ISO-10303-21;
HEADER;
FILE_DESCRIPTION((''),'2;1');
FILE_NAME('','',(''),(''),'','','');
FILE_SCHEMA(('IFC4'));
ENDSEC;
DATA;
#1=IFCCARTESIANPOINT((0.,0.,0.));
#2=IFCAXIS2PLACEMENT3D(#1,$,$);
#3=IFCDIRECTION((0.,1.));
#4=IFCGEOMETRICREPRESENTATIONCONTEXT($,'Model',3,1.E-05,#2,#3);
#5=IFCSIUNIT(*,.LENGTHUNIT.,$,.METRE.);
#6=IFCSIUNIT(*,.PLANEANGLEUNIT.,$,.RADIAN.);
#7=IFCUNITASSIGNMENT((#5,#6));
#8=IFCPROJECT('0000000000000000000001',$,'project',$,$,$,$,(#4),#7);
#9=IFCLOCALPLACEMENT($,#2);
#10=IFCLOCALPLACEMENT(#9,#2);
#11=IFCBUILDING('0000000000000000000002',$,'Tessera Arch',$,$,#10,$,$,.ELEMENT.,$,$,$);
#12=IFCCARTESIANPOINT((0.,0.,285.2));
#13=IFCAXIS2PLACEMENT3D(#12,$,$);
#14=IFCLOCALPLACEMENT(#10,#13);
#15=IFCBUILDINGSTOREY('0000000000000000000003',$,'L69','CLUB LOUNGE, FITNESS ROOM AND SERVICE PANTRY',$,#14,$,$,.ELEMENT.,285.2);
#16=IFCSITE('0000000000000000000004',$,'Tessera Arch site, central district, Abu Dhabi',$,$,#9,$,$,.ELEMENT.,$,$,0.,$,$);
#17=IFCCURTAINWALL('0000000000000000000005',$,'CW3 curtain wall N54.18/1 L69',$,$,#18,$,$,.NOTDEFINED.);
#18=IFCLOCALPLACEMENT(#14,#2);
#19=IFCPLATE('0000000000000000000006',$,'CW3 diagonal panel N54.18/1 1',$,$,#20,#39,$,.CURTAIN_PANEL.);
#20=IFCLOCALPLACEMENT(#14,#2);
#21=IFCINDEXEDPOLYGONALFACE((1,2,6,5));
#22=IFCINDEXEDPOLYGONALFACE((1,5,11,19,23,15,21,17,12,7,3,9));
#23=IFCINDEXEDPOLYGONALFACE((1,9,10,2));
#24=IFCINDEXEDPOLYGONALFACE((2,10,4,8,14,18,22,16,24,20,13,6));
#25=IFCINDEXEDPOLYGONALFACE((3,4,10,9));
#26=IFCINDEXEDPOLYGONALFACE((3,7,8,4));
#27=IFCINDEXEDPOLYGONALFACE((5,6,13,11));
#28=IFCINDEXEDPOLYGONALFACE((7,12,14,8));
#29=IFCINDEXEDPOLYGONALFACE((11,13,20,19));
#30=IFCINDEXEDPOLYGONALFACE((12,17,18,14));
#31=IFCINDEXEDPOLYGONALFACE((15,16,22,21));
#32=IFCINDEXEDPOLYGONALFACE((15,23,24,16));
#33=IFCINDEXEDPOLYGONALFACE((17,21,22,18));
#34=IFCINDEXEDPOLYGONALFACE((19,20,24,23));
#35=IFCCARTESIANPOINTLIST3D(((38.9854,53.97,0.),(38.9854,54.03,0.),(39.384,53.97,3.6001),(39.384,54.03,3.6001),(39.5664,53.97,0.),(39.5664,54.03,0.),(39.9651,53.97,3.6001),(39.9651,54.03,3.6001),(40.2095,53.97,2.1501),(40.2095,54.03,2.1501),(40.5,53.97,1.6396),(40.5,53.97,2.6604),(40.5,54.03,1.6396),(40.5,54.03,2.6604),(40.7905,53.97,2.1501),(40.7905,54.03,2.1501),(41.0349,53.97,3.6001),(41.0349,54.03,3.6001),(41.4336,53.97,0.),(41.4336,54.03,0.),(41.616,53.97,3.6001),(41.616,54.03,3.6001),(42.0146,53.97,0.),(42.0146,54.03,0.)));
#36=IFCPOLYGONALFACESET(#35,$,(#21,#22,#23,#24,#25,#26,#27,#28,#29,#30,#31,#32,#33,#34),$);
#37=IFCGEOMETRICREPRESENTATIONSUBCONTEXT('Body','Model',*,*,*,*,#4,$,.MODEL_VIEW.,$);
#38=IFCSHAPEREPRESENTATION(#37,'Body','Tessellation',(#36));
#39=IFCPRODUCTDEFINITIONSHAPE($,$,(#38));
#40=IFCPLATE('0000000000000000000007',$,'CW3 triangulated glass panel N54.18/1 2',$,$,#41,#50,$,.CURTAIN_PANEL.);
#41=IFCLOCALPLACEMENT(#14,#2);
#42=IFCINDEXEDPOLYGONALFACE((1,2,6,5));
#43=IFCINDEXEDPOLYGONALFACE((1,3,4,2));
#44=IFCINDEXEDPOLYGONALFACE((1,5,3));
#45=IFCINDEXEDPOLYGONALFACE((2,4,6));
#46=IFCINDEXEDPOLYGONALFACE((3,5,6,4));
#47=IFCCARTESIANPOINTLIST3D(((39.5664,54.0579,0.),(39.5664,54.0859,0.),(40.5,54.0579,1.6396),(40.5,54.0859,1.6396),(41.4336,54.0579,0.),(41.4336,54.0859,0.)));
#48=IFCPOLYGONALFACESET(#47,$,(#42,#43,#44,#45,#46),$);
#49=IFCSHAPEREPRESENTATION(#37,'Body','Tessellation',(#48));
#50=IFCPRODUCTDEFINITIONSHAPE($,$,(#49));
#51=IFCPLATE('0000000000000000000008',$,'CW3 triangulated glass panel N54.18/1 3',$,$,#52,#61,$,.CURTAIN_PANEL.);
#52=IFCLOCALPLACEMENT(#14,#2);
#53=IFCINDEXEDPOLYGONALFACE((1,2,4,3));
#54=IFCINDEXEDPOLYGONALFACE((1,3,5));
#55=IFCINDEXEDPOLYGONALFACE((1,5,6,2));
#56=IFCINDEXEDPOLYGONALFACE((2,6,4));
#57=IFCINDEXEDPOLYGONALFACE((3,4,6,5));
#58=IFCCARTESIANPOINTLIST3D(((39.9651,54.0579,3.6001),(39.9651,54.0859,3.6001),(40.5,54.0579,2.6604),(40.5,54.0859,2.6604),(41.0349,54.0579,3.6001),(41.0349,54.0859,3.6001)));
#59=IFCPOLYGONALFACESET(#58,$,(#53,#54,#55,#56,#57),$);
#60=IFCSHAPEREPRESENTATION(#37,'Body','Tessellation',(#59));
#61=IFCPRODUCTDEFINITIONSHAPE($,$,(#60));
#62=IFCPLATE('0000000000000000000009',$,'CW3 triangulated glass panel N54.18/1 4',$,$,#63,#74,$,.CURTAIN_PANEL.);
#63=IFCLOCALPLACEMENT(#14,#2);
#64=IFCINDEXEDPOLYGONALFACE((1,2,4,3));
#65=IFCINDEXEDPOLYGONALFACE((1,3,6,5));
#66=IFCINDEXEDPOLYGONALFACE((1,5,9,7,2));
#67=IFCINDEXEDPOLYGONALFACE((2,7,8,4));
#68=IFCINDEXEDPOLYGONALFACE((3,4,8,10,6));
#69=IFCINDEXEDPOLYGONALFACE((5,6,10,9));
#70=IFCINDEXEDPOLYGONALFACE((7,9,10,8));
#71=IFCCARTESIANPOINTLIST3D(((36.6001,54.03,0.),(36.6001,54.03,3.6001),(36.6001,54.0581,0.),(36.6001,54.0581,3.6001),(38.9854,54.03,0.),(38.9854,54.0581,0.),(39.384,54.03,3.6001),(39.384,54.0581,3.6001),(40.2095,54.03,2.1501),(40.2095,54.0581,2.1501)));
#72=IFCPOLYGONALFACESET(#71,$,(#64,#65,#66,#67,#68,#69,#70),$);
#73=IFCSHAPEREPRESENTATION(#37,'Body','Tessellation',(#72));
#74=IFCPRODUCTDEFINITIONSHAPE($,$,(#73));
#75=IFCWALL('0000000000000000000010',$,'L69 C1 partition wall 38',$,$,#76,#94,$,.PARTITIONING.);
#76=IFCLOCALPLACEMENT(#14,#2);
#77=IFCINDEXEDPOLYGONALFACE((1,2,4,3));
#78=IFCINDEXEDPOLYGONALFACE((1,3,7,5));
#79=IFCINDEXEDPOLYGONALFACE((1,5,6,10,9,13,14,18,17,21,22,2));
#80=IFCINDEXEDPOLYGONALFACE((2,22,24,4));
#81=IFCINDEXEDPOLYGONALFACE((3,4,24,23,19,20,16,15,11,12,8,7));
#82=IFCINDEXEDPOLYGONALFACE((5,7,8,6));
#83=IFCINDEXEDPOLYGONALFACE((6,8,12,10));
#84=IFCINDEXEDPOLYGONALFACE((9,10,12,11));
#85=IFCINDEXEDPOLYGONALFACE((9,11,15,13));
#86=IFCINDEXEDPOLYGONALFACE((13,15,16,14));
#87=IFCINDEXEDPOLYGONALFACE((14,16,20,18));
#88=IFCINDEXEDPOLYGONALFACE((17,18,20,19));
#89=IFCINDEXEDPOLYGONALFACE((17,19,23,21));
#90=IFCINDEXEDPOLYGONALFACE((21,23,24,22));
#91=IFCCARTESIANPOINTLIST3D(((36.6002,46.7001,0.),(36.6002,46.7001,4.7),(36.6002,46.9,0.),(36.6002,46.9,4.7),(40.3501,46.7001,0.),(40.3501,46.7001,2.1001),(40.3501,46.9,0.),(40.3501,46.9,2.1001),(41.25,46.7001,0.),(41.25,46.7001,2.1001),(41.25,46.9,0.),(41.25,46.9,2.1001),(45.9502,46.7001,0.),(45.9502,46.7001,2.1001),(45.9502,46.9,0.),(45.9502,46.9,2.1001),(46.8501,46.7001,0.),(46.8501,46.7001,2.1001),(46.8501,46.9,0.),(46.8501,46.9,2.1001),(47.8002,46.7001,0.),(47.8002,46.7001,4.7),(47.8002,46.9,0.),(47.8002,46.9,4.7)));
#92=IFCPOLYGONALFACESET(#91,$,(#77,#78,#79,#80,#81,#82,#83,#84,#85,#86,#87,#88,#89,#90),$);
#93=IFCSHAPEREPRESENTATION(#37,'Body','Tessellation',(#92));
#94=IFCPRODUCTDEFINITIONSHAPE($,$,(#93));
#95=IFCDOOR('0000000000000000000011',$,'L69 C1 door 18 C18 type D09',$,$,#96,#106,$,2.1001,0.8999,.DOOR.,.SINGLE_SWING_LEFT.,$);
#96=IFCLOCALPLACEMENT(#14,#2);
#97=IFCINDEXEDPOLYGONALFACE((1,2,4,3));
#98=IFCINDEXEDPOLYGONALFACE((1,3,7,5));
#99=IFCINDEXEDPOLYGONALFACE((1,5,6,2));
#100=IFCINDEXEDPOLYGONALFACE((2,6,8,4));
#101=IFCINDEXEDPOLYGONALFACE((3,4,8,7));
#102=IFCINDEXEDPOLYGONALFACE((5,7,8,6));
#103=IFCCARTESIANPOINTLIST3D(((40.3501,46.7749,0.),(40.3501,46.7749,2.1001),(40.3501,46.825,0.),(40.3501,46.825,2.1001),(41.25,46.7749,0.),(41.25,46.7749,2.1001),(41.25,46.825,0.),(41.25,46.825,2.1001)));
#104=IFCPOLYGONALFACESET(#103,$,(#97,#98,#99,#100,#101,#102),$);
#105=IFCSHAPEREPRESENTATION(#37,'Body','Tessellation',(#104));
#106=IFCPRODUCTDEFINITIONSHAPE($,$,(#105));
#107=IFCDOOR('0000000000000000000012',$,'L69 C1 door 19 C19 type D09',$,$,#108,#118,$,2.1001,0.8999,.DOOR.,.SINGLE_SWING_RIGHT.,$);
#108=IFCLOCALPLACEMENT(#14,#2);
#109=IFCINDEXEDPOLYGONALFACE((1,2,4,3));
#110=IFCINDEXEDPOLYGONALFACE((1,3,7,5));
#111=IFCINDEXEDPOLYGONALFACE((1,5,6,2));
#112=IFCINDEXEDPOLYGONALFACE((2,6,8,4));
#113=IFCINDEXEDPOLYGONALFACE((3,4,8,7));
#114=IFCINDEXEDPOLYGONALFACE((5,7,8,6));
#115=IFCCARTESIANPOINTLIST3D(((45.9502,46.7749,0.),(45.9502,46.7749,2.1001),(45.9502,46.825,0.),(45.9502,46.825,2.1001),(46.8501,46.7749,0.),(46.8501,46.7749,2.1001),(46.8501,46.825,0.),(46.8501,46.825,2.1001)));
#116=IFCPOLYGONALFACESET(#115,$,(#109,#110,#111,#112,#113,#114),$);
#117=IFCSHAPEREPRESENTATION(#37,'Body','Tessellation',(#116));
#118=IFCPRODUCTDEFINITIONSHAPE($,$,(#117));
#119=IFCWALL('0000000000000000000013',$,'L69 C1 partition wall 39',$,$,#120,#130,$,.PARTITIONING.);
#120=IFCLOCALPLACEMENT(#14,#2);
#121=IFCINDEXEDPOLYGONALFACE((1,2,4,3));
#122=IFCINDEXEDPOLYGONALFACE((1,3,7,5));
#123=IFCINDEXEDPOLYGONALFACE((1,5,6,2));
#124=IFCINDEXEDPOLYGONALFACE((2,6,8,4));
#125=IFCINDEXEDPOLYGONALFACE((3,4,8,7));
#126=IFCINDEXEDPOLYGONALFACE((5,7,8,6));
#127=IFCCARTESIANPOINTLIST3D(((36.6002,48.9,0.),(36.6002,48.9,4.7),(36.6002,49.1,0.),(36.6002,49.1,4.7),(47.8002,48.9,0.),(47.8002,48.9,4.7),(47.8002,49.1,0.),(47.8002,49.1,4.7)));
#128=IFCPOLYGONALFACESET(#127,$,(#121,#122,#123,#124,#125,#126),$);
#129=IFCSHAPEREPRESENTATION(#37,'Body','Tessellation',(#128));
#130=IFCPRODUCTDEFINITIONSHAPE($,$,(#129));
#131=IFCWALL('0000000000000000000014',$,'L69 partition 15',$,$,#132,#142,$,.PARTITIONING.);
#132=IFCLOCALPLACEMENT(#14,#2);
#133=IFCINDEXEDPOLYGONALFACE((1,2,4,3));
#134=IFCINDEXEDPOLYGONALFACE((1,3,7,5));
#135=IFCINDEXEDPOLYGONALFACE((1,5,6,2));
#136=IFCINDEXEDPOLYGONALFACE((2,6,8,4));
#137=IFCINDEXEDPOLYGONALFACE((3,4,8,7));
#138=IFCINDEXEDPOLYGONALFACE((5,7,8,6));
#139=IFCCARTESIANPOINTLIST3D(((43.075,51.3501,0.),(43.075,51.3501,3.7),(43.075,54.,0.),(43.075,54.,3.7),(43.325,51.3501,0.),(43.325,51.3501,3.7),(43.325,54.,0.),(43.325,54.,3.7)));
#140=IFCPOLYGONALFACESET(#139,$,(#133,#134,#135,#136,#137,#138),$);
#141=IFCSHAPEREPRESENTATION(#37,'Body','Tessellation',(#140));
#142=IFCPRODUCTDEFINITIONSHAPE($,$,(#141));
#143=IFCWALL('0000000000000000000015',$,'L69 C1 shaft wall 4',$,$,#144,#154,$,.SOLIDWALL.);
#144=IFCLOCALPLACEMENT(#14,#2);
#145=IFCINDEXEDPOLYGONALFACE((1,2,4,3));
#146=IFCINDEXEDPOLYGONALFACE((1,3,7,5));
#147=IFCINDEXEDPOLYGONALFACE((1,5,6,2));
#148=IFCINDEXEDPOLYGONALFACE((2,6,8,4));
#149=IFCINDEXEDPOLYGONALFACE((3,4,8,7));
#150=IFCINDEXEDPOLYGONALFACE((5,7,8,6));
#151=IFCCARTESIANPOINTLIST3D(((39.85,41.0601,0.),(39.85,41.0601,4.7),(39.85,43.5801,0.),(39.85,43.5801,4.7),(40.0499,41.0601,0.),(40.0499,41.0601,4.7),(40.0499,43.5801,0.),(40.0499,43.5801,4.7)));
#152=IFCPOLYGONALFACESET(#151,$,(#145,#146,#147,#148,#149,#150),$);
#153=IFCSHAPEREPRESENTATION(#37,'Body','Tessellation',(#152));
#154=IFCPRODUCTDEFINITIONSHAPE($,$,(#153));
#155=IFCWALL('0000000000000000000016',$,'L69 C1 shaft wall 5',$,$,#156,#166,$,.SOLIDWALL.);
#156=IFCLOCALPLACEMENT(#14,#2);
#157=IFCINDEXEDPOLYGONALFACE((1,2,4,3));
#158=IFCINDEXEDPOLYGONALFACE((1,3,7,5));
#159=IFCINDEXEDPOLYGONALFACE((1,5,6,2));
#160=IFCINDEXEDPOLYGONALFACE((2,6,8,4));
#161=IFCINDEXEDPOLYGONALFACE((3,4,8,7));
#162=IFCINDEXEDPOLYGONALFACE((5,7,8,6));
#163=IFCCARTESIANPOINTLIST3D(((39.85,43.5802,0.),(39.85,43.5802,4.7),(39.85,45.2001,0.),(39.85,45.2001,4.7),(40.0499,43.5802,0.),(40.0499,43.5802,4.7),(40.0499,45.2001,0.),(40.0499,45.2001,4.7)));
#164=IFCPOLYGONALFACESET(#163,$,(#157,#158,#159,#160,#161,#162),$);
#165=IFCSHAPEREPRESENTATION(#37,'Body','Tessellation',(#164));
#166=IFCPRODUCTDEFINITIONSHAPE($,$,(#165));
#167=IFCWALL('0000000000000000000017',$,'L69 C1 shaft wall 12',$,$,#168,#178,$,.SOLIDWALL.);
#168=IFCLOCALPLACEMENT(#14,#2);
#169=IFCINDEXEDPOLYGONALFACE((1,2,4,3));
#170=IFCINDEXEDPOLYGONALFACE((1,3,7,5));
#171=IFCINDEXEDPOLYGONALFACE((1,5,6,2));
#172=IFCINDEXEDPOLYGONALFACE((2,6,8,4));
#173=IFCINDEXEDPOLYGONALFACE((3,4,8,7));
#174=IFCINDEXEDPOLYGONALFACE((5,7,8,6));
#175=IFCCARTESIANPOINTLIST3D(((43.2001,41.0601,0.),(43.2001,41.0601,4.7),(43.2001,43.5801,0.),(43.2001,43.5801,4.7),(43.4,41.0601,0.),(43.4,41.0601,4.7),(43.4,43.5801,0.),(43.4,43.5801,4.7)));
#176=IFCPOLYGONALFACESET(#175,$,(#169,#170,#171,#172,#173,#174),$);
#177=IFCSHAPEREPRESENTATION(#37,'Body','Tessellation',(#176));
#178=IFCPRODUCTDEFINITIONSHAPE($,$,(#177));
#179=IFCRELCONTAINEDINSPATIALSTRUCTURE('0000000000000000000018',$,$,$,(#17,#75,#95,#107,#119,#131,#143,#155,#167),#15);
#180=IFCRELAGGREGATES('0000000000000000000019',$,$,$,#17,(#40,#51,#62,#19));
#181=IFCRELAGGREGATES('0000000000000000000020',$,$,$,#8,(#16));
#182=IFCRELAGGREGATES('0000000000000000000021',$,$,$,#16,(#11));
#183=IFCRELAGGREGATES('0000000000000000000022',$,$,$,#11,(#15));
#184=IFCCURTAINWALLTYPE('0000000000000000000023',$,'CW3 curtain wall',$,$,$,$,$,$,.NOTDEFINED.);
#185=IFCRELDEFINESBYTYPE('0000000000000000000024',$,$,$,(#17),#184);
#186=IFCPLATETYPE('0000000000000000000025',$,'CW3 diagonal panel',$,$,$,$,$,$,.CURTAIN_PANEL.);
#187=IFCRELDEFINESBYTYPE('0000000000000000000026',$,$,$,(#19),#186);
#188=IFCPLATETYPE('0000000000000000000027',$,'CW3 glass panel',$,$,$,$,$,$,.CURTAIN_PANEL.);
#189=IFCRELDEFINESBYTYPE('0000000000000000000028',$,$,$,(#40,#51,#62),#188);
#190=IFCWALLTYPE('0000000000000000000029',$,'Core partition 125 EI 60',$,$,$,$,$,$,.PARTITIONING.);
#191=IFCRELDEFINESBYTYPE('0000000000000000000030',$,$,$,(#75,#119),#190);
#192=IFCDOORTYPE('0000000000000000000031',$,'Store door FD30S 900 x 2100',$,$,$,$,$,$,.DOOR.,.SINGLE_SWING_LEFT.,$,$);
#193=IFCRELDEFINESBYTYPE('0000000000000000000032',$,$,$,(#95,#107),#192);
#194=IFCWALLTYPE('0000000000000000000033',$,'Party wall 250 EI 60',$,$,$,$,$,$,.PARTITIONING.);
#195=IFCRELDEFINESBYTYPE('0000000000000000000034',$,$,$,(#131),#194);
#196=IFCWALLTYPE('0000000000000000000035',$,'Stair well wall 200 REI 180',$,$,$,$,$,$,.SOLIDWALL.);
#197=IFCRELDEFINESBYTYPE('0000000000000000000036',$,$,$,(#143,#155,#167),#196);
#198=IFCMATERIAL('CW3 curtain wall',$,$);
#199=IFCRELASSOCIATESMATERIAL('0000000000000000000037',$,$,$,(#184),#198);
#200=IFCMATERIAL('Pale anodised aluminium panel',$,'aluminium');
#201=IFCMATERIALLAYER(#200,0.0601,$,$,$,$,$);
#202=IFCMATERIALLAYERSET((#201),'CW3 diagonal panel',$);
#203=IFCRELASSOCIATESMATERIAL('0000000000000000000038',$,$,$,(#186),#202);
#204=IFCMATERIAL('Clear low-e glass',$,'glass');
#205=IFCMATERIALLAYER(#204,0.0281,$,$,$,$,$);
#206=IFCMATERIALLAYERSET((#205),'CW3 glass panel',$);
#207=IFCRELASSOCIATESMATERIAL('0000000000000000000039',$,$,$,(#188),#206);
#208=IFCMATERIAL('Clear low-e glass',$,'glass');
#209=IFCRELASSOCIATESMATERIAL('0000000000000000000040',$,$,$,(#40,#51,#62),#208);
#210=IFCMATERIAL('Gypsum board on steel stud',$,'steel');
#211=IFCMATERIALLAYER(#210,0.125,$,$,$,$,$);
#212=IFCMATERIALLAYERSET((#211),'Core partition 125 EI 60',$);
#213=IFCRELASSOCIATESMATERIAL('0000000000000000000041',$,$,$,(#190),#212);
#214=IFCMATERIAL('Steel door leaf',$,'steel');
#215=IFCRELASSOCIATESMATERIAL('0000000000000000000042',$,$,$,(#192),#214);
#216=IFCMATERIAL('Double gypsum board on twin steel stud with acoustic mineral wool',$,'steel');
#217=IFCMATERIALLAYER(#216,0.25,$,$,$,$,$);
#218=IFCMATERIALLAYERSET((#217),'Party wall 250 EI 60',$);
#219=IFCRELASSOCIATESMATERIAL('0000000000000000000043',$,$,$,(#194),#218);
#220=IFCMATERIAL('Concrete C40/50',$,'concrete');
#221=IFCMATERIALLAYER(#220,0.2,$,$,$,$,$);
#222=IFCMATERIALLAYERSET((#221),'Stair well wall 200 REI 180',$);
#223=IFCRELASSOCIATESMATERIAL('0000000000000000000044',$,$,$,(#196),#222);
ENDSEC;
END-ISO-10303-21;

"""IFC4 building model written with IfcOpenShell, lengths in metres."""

from ifc_helpers import new_model, si_unit, direction, frame, frame_2d, origin, place, context, subcontext, project, spatial, polyline, rectangle, outline, extrude, material, layer, layer_set, type_object, element, fill, aggregate, save


model = new_model("IFC4")

# Units and contexts
model_context = context("Model", 3, precision=1e-05, world=origin(), true_north=direction((0.0, 1.0)))
body_context = subcontext(model_context, "Body", "Model", "MODEL_VIEW")
ifc_project = project(units=[si_unit("LENGTHUNIT", "METRE"), si_unit("PLANEANGLEUNIT", "RADIAN")], contexts=[model_context])

# Site, building, storey
site_placement = place(None, origin())
site = spatial("IfcSite", under=ifc_project, at=site_placement, Name="Tessera Arch site, central district, Abu Dhabi", CompositionType="ELEMENT", RefElevation=0.0)
building_placement = place(site_placement, origin())
building = spatial("IfcBuilding", under=site, at=building_placement, Name="Tessera Arch", CompositionType="ELEMENT")
storey_placement = place(building_placement, frame((0.0, 0.0, 285.2)))
storey = spatial("IfcBuildingStorey", under=building, at=storey_placement, Name="L69", Description="CLUB LOUNGE, FITNESS ROOM AND SERVICE PANTRY", CompositionType="ELEMENT", Elevation=285.2)

# Curtain wall, plates
ifc_material_1 = material(Name="CW3 curtain wall")
curtain_wall_type = type_object("IfcCurtainWallType", Name="CW3 curtain wall", PredefinedType="NOTDEFINED", material=ifc_material_1)
curtain_wall_placement = place(storey_placement, origin())
curtain_wall = element("IfcCurtainWall", 1, at=curtain_wall_placement, inside=storey, type_object=curtain_wall_type, Name="CW3 curtain wall N54.18/1 L69", PredefinedType="NOTDEFINED")
ifc_material_2 = material(Name="Pale anodised aluminium panel", Category="aluminium")
ifc_layer_1 = layer(ifc_material_2, 0.0601)
ifc_layer_set_1 = layer_set([ifc_layer_1], Name="CW3 diagonal panel")
plate_type_1 = type_object("IfcPlateType", Name="CW3 diagonal panel", PredefinedType="CURTAIN_PANEL", material=ifc_layer_set_1)
plate_1_placement = place(storey_placement, frame((39.384, 54.03, 3.6001), z_axis=(0.0, 1.0, 0.0), x_axis=(1.0, 0.0, 0.0)))
plate_1 = element("IfcPlate", 2, at=plate_1_placement, type_object=plate_type_1, Name="CW3 diagonal panel N54.18/1 1", PredefinedType="CURTAIN_PANEL", context=body_context, shape_type="SweptSolid", body=[
    extrude(outline(polyline([(0.0, 0.0), (0.5811, 0.0), (1.116, 0.9397), (1.6509, 0.0), (2.2319, 0.0), (1.4065, 1.45), (2.6306, 3.6001), (2.0496, 3.6001), (1.116, 1.9604), (0.1824, 3.6001), (-0.3987, 3.6001), (0.8254, 1.45), (0.0, 0.0)])), origin(), (0.0, 0.0, -1.0), 0.0601),
])
ifc_material_3 = material(Name="Clear low-e glass", Category="glass")
ifc_material_4 = material(Name="Clear low-e glass", Category="glass")
ifc_layer_2 = layer(ifc_material_4, 0.0281)
ifc_layer_set_2 = layer_set([ifc_layer_2], Name="CW3 glass panel")
plate_type_2 = type_object("IfcPlateType", Name="CW3 glass panel", PredefinedType="CURTAIN_PANEL", material=ifc_layer_set_2)
plate_2_placement = place(storey_placement, frame((41.4336, 54.0859, 0.0), z_axis=(0.0, 1.0, 0.0), x_axis=(-1.0, 0.0, 0.0)))
plate_2 = element("IfcPlate", 3, at=plate_2_placement, type_object=plate_type_2, material=ifc_material_3, Name="CW3 triangulated glass panel N54.18/1 2", PredefinedType="CURTAIN_PANEL", context=body_context, shape_type="SweptSolid", body=[
    extrude(outline(polyline([(0.0, 0.0), (1.8672, 0.0), (0.9336, 1.6396), (0.0, 0.0)])), origin(), (0.0, 0.0, -1.0), 0.0281),
])
plate_3_placement = place(storey_placement, frame((39.9651, 54.0859, 3.6001), z_axis=(0.0, 1.0, 0.0), x_axis=(1.0, 0.0, 0.0)))
plate_3 = element("IfcPlate", 4, at=plate_3_placement, type_object=plate_type_2, material=ifc_material_3, Name="CW3 triangulated glass panel N54.18/1 3", PredefinedType="CURTAIN_PANEL", context=body_context, shape_type="SweptSolid", body=[
    extrude(outline(polyline([(0.0, 0.0), (1.0698, 0.0), (0.5349, 0.9397), (0.0, 0.0)])), origin(), (0.0, 0.0, -1.0), 0.0281),
])
plate_4_placement = place(storey_placement, frame((36.6001, 54.0581, 3.6001), z_axis=(0.0, 1.0, 0.0), x_axis=(1.0, 0.0, 0.0)))
plate_4 = element("IfcPlate", 5, at=plate_4_placement, type_object=plate_type_2, material=ifc_material_3, Name="CW3 triangulated glass panel N54.18/1 4", PredefinedType="CURTAIN_PANEL", context=body_context, shape_type="SweptSolid", body=[
    extrude(outline(polyline([(0.0, 0.0), (2.7839, 0.0), (3.6094, 1.45), (2.3853, 3.6001), (0.0, 3.6001), (0.0, 0.0)])), origin(), (0.0, 0.0, -1.0), 0.0281),
])

# Wall, openings, doors
ifc_material_5 = material(Name="Gypsum board on steel stud", Category="steel")
ifc_layer_3 = layer(ifc_material_5, 0.125)
ifc_layer_set_3 = layer_set([ifc_layer_3], Name="Core partition 125 EI 60")
wall_type_1 = type_object("IfcWallType", Name="Core partition 125 EI 60", PredefinedType="PARTITIONING", material=ifc_layer_set_3)
wall_1_placement = place(storey_placement, frame((36.6001, 46.8, 0.0), z_axis=(0.0, 0.0, 1.0), x_axis=(1.0, 0.0, 0.0)))
wall_1 = element("IfcWall", 6, at=wall_1_placement, inside=storey, type_object=wall_type_1, Name="L69 C1 partition wall 38", PredefinedType="PARTITIONING", context=body_context, shape_type="SweptSolid", body=[
    extrude(rectangle(XDim=11.2, YDim=0.2, at=frame_2d((5.6001, 0.0))), origin(), (0.0, 0.0, 1.0), 4.7),
])
opening_1_placement = place(wall_1_placement, frame((3.75, 0.0, 0.0)))
opening_1 = element("IfcOpeningElement", 7, at=opening_1_placement, cuts=wall_1, PredefinedType="OPENING", context=body_context, shape_type="SweptSolid", body=[
    extrude(rectangle(XDim=0.8999, YDim=2.1001, at=frame_2d((0.45, 1.05))), frame((0.0, 0.1099, 0.0), z_axis=(0.0, -1.0, 0.0), x_axis=(1.0, 0.0, 0.0)), (0.0, 0.0, 1.0), 0.22),
])
opening_2_placement = place(wall_1_placement, frame((9.3501, 0.0, 0.0)))
opening_2 = element("IfcOpeningElement", 8, at=opening_2_placement, cuts=wall_1, PredefinedType="OPENING", context=body_context, shape_type="SweptSolid", body=[
    extrude(rectangle(XDim=0.8999, YDim=2.1001, at=frame_2d((0.45, 1.05))), frame((0.0, 0.1099, 0.0), z_axis=(0.0, -1.0, 0.0), x_axis=(1.0, 0.0, 0.0)), (0.0, 0.0, 1.0), 0.22),
])
ifc_material_6 = material(Name="Steel door leaf", Category="steel")
door_type_1 = type_object("IfcDoorType", Name="Store door FD30S 900 x 2100", OperationType="SINGLE_SWING_LEFT", PredefinedType="DOOR", material=ifc_material_6)
door_1_placement = place(opening_1_placement, origin())
door_1 = element("IfcDoor", 9, at=door_1_placement, inside=storey, type_object=door_type_1, Name="L69 C1 door 18 C18 type D09", OperationType="SINGLE_SWING_LEFT", OverallHeight=2.1001, OverallWidth=0.8999, PredefinedType="DOOR", context=body_context, shape_type="SweptSolid", body=[
    extrude(rectangle(XDim=0.8999, YDim=2.1001, at=frame_2d((0.45, 1.05))), frame((0.0, 0.0249, 0.0), z_axis=(0.0, -1.0, 0.0), x_axis=(1.0, 0.0, 0.0)), (0.0, 0.0, 1.0), 0.05),
])
fill(opening_1, door_1)
door_2_placement = place(opening_2_placement, origin())
door_2 = element("IfcDoor", 10, at=door_2_placement, inside=storey, type_object=door_type_1, Name="L69 C1 door 19 C19 type D09", OperationType="SINGLE_SWING_RIGHT", OverallHeight=2.1001, OverallWidth=0.8999, PredefinedType="DOOR", context=body_context, shape_type="SweptSolid", body=[
    extrude(rectangle(XDim=0.8999, YDim=2.1001, at=frame_2d((0.45, 1.05))), frame((0.0, 0.0249, 0.0), z_axis=(0.0, -1.0, 0.0), x_axis=(1.0, 0.0, 0.0)), (0.0, 0.0, 1.0), 0.05),
])
fill(opening_2, door_2)

# Walls
wall_2_placement = place(storey_placement, frame((36.6001, 49.0, 0.0), z_axis=(0.0, 0.0, 1.0), x_axis=(1.0, 0.0, 0.0)))
element("IfcWall", 11, at=wall_2_placement, inside=storey, type_object=wall_type_1, Name="L69 C1 partition wall 39", PredefinedType="PARTITIONING", context=body_context, shape_type="SweptSolid", body=[
    extrude(rectangle(XDim=11.2, YDim=0.2, at=frame_2d((5.6001, 0.0))), origin(), (0.0, 0.0, 1.0), 4.7),
])
ifc_material_7 = material(Name="Double gypsum board on twin steel stud with acoustic mineral wool", Category="steel")
ifc_layer_4 = layer(ifc_material_7, 0.25)
ifc_layer_set_4 = layer_set([ifc_layer_4], Name="Party wall 250 EI 60")
wall_type_2 = type_object("IfcWallType", Name="Party wall 250 EI 60", PredefinedType="PARTITIONING", material=ifc_layer_set_4)
wall_3_placement = place(storey_placement, frame((43.2, 51.3501, 0.0), z_axis=(0.0, 0.0, 1.0), x_axis=(0.0, 1.0, 0.0)))
element("IfcWall", 12, at=wall_3_placement, inside=storey, type_object=wall_type_2, Name="L69 partition 15", PredefinedType="PARTITIONING", context=body_context, shape_type="SweptSolid", body=[
    extrude(rectangle(XDim=2.6499, YDim=0.25, at=frame_2d((1.325, 0.0))), origin(), (0.0, 0.0, 1.0), 3.7),
])
ifc_material_8 = material(Name="Concrete C40/50", Category="concrete")
ifc_layer_5 = layer(ifc_material_8, 0.2)
ifc_layer_set_5 = layer_set([ifc_layer_5], Name="Stair well wall 200 REI 180")
wall_type_3 = type_object("IfcWallType", Name="Stair well wall 200 REI 180", PredefinedType="SOLIDWALL", material=ifc_layer_set_5)
wall_4_placement = place(storey_placement, frame((39.95, 41.0601, 0.0), z_axis=(0.0, 0.0, 1.0), x_axis=(0.0, 1.0, 0.0)))
element("IfcWall", 13, at=wall_4_placement, inside=storey, type_object=wall_type_3, Name="L69 C1 shaft wall 4", PredefinedType="SOLIDWALL", context=body_context, shape_type="SweptSolid", body=[
    extrude(rectangle(XDim=2.52, YDim=0.2, at=frame_2d((1.26, 0.0))), origin(), (0.0, 0.0, 1.0), 4.7),
])
wall_5_placement = place(storey_placement, frame((39.95, 43.5801, 0.0), z_axis=(0.0, 0.0, 1.0), x_axis=(0.0, 1.0, 0.0)))
element("IfcWall", 14, at=wall_5_placement, inside=storey, type_object=wall_type_3, Name="L69 C1 shaft wall 5", PredefinedType="SOLIDWALL", context=body_context, shape_type="SweptSolid", body=[
    extrude(rectangle(XDim=1.6199, YDim=0.2, at=frame_2d((0.8101, 0.0))), origin(), (0.0, 0.0, 1.0), 4.7),
])
wall_6_placement = place(storey_placement, frame((43.3, 41.0601, 0.0), z_axis=(0.0, 0.0, 1.0), x_axis=(0.0, 1.0, 0.0)))
element("IfcWall", 15, at=wall_6_placement, inside=storey, type_object=wall_type_3, Name="L69 C1 shaft wall 12", PredefinedType="SOLIDWALL", context=body_context, shape_type="SweptSolid", body=[
    extrude(rectangle(XDim=2.52, YDim=0.2, at=frame_2d((1.26, 0.0))), origin(), (0.0, 0.0, 1.0), 4.7),
])

aggregate(curtain_wall, [plate_2, plate_3, plate_4, plate_1])

save(model, "model.ifc")
